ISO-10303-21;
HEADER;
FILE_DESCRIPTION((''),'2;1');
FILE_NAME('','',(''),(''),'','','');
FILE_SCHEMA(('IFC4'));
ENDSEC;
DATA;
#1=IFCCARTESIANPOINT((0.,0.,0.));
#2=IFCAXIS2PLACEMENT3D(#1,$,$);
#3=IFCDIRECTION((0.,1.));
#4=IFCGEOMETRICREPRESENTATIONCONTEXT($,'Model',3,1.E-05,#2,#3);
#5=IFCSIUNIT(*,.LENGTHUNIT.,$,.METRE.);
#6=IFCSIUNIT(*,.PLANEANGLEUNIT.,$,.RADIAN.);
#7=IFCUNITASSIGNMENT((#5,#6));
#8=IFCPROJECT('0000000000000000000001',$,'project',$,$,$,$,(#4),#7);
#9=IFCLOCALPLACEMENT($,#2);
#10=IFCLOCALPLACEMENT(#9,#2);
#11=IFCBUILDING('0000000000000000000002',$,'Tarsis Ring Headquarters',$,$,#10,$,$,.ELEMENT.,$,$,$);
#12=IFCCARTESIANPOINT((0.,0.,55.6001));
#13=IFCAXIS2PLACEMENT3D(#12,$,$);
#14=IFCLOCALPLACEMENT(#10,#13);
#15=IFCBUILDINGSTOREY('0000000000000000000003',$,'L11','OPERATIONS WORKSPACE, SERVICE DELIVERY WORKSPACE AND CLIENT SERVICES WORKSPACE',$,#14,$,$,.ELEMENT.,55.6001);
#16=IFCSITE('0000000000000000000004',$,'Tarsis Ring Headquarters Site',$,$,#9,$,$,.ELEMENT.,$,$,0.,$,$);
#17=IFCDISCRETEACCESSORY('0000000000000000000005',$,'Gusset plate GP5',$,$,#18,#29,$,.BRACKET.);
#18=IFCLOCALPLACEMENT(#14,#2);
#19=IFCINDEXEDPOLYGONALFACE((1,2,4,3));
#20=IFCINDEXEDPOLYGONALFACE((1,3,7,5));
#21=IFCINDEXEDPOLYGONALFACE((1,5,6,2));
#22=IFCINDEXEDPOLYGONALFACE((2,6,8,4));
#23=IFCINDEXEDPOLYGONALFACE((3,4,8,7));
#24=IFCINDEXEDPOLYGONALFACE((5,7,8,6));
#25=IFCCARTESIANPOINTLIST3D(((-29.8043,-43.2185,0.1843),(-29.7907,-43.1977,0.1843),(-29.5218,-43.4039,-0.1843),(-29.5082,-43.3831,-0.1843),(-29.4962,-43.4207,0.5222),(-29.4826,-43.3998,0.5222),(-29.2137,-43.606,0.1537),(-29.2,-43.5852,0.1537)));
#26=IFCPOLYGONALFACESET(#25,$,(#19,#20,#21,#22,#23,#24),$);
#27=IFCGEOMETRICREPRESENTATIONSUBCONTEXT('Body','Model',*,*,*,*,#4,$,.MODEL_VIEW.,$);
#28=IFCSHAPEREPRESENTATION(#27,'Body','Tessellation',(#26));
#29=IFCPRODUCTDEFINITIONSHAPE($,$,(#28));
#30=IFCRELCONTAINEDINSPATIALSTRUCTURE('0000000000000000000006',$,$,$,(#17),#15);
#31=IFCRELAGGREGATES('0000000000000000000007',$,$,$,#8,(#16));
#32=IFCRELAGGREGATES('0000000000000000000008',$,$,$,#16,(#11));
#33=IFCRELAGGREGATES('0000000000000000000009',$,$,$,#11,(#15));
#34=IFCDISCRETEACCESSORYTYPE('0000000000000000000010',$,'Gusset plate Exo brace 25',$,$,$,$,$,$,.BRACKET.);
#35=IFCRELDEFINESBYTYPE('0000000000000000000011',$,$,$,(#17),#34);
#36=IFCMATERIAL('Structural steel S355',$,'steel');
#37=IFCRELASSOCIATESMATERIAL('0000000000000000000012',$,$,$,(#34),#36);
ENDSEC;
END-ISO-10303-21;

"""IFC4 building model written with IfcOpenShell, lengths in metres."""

from ifc_helpers import new_model, si_unit, direction, frame, origin, origin_2d, place, context, subcontext, project, spatial, rectangle, extrude, material, material_profile, profile_set, type_object, element, save


model = new_model("IFC4")

# Units and contexts
model_context = context("Model", 3, precision=1e-05, world=origin(), true_north=direction((0.0, 1.0)))
body_context = subcontext(model_context, "Body", "Model", "MODEL_VIEW")
ifc_project = project(units=[si_unit("LENGTHUNIT", "METRE"), si_unit("PLANEANGLEUNIT", "RADIAN")], contexts=[model_context])

# Site, building, storey
site_placement = place(None, origin())
site = spatial("IfcSite", under=ifc_project, at=site_placement, Name="Tarsis Ring Headquarters Site", CompositionType="ELEMENT", RefElevation=0.0)
building_placement = place(site_placement, origin())
building = spatial("IfcBuilding", under=site, at=building_placement, Name="Tarsis Ring Headquarters", CompositionType="ELEMENT")
storey_placement = place(building_placement, frame((0.0, 0.0, 55.6001)))
storey = spatial("IfcBuildingStorey", under=building, at=storey_placement, Name="L11", Description="OPERATIONS WORKSPACE, SERVICE DELIVERY WORKSPACE AND CLIENT SERVICES WORKSPACE", CompositionType="ELEMENT", Elevation=55.6001)

# Shared definitions
ifc_material_1 = material(Name="Structural steel S355", Category="steel")

# Discrete accessory
ifc_material_profile_1 = material_profile(ifc_material_1, rectangle(XDim=0.0249, YDim=0.5, at=origin_2d()), Name="PL 25x500")
ifc_profile_set_1 = profile_set([ifc_material_profile_1], Name="Structural steel S355")
discrete_accessory_type = type_object("IfcDiscreteAccessoryType", Name="Gusset plate Exo brace 25", PredefinedType="BRACKET", material=ifc_profile_set_1)
discrete_accessory_placement = place(storey_placement, frame((-29.6562, -43.3008, 0.0), z_axis=(0.616256, -0.404327, 0.675831), x_axis=(0.54857, 0.836105, 0.0)))
element("IfcDiscreteAccessory", 1, at=discrete_accessory_placement, inside=storey, type_object=discrete_accessory_type, Name="Gusset plate GP5", PredefinedType="BRACKET", context=body_context, shape_type="SweptSolid", body=[
    extrude(rectangle(XDim=0.0249, YDim=0.5, at=origin_2d()), origin(), (0.0, 0.0, 1.0), 0.5),
])

save(model, "model.ifc")
